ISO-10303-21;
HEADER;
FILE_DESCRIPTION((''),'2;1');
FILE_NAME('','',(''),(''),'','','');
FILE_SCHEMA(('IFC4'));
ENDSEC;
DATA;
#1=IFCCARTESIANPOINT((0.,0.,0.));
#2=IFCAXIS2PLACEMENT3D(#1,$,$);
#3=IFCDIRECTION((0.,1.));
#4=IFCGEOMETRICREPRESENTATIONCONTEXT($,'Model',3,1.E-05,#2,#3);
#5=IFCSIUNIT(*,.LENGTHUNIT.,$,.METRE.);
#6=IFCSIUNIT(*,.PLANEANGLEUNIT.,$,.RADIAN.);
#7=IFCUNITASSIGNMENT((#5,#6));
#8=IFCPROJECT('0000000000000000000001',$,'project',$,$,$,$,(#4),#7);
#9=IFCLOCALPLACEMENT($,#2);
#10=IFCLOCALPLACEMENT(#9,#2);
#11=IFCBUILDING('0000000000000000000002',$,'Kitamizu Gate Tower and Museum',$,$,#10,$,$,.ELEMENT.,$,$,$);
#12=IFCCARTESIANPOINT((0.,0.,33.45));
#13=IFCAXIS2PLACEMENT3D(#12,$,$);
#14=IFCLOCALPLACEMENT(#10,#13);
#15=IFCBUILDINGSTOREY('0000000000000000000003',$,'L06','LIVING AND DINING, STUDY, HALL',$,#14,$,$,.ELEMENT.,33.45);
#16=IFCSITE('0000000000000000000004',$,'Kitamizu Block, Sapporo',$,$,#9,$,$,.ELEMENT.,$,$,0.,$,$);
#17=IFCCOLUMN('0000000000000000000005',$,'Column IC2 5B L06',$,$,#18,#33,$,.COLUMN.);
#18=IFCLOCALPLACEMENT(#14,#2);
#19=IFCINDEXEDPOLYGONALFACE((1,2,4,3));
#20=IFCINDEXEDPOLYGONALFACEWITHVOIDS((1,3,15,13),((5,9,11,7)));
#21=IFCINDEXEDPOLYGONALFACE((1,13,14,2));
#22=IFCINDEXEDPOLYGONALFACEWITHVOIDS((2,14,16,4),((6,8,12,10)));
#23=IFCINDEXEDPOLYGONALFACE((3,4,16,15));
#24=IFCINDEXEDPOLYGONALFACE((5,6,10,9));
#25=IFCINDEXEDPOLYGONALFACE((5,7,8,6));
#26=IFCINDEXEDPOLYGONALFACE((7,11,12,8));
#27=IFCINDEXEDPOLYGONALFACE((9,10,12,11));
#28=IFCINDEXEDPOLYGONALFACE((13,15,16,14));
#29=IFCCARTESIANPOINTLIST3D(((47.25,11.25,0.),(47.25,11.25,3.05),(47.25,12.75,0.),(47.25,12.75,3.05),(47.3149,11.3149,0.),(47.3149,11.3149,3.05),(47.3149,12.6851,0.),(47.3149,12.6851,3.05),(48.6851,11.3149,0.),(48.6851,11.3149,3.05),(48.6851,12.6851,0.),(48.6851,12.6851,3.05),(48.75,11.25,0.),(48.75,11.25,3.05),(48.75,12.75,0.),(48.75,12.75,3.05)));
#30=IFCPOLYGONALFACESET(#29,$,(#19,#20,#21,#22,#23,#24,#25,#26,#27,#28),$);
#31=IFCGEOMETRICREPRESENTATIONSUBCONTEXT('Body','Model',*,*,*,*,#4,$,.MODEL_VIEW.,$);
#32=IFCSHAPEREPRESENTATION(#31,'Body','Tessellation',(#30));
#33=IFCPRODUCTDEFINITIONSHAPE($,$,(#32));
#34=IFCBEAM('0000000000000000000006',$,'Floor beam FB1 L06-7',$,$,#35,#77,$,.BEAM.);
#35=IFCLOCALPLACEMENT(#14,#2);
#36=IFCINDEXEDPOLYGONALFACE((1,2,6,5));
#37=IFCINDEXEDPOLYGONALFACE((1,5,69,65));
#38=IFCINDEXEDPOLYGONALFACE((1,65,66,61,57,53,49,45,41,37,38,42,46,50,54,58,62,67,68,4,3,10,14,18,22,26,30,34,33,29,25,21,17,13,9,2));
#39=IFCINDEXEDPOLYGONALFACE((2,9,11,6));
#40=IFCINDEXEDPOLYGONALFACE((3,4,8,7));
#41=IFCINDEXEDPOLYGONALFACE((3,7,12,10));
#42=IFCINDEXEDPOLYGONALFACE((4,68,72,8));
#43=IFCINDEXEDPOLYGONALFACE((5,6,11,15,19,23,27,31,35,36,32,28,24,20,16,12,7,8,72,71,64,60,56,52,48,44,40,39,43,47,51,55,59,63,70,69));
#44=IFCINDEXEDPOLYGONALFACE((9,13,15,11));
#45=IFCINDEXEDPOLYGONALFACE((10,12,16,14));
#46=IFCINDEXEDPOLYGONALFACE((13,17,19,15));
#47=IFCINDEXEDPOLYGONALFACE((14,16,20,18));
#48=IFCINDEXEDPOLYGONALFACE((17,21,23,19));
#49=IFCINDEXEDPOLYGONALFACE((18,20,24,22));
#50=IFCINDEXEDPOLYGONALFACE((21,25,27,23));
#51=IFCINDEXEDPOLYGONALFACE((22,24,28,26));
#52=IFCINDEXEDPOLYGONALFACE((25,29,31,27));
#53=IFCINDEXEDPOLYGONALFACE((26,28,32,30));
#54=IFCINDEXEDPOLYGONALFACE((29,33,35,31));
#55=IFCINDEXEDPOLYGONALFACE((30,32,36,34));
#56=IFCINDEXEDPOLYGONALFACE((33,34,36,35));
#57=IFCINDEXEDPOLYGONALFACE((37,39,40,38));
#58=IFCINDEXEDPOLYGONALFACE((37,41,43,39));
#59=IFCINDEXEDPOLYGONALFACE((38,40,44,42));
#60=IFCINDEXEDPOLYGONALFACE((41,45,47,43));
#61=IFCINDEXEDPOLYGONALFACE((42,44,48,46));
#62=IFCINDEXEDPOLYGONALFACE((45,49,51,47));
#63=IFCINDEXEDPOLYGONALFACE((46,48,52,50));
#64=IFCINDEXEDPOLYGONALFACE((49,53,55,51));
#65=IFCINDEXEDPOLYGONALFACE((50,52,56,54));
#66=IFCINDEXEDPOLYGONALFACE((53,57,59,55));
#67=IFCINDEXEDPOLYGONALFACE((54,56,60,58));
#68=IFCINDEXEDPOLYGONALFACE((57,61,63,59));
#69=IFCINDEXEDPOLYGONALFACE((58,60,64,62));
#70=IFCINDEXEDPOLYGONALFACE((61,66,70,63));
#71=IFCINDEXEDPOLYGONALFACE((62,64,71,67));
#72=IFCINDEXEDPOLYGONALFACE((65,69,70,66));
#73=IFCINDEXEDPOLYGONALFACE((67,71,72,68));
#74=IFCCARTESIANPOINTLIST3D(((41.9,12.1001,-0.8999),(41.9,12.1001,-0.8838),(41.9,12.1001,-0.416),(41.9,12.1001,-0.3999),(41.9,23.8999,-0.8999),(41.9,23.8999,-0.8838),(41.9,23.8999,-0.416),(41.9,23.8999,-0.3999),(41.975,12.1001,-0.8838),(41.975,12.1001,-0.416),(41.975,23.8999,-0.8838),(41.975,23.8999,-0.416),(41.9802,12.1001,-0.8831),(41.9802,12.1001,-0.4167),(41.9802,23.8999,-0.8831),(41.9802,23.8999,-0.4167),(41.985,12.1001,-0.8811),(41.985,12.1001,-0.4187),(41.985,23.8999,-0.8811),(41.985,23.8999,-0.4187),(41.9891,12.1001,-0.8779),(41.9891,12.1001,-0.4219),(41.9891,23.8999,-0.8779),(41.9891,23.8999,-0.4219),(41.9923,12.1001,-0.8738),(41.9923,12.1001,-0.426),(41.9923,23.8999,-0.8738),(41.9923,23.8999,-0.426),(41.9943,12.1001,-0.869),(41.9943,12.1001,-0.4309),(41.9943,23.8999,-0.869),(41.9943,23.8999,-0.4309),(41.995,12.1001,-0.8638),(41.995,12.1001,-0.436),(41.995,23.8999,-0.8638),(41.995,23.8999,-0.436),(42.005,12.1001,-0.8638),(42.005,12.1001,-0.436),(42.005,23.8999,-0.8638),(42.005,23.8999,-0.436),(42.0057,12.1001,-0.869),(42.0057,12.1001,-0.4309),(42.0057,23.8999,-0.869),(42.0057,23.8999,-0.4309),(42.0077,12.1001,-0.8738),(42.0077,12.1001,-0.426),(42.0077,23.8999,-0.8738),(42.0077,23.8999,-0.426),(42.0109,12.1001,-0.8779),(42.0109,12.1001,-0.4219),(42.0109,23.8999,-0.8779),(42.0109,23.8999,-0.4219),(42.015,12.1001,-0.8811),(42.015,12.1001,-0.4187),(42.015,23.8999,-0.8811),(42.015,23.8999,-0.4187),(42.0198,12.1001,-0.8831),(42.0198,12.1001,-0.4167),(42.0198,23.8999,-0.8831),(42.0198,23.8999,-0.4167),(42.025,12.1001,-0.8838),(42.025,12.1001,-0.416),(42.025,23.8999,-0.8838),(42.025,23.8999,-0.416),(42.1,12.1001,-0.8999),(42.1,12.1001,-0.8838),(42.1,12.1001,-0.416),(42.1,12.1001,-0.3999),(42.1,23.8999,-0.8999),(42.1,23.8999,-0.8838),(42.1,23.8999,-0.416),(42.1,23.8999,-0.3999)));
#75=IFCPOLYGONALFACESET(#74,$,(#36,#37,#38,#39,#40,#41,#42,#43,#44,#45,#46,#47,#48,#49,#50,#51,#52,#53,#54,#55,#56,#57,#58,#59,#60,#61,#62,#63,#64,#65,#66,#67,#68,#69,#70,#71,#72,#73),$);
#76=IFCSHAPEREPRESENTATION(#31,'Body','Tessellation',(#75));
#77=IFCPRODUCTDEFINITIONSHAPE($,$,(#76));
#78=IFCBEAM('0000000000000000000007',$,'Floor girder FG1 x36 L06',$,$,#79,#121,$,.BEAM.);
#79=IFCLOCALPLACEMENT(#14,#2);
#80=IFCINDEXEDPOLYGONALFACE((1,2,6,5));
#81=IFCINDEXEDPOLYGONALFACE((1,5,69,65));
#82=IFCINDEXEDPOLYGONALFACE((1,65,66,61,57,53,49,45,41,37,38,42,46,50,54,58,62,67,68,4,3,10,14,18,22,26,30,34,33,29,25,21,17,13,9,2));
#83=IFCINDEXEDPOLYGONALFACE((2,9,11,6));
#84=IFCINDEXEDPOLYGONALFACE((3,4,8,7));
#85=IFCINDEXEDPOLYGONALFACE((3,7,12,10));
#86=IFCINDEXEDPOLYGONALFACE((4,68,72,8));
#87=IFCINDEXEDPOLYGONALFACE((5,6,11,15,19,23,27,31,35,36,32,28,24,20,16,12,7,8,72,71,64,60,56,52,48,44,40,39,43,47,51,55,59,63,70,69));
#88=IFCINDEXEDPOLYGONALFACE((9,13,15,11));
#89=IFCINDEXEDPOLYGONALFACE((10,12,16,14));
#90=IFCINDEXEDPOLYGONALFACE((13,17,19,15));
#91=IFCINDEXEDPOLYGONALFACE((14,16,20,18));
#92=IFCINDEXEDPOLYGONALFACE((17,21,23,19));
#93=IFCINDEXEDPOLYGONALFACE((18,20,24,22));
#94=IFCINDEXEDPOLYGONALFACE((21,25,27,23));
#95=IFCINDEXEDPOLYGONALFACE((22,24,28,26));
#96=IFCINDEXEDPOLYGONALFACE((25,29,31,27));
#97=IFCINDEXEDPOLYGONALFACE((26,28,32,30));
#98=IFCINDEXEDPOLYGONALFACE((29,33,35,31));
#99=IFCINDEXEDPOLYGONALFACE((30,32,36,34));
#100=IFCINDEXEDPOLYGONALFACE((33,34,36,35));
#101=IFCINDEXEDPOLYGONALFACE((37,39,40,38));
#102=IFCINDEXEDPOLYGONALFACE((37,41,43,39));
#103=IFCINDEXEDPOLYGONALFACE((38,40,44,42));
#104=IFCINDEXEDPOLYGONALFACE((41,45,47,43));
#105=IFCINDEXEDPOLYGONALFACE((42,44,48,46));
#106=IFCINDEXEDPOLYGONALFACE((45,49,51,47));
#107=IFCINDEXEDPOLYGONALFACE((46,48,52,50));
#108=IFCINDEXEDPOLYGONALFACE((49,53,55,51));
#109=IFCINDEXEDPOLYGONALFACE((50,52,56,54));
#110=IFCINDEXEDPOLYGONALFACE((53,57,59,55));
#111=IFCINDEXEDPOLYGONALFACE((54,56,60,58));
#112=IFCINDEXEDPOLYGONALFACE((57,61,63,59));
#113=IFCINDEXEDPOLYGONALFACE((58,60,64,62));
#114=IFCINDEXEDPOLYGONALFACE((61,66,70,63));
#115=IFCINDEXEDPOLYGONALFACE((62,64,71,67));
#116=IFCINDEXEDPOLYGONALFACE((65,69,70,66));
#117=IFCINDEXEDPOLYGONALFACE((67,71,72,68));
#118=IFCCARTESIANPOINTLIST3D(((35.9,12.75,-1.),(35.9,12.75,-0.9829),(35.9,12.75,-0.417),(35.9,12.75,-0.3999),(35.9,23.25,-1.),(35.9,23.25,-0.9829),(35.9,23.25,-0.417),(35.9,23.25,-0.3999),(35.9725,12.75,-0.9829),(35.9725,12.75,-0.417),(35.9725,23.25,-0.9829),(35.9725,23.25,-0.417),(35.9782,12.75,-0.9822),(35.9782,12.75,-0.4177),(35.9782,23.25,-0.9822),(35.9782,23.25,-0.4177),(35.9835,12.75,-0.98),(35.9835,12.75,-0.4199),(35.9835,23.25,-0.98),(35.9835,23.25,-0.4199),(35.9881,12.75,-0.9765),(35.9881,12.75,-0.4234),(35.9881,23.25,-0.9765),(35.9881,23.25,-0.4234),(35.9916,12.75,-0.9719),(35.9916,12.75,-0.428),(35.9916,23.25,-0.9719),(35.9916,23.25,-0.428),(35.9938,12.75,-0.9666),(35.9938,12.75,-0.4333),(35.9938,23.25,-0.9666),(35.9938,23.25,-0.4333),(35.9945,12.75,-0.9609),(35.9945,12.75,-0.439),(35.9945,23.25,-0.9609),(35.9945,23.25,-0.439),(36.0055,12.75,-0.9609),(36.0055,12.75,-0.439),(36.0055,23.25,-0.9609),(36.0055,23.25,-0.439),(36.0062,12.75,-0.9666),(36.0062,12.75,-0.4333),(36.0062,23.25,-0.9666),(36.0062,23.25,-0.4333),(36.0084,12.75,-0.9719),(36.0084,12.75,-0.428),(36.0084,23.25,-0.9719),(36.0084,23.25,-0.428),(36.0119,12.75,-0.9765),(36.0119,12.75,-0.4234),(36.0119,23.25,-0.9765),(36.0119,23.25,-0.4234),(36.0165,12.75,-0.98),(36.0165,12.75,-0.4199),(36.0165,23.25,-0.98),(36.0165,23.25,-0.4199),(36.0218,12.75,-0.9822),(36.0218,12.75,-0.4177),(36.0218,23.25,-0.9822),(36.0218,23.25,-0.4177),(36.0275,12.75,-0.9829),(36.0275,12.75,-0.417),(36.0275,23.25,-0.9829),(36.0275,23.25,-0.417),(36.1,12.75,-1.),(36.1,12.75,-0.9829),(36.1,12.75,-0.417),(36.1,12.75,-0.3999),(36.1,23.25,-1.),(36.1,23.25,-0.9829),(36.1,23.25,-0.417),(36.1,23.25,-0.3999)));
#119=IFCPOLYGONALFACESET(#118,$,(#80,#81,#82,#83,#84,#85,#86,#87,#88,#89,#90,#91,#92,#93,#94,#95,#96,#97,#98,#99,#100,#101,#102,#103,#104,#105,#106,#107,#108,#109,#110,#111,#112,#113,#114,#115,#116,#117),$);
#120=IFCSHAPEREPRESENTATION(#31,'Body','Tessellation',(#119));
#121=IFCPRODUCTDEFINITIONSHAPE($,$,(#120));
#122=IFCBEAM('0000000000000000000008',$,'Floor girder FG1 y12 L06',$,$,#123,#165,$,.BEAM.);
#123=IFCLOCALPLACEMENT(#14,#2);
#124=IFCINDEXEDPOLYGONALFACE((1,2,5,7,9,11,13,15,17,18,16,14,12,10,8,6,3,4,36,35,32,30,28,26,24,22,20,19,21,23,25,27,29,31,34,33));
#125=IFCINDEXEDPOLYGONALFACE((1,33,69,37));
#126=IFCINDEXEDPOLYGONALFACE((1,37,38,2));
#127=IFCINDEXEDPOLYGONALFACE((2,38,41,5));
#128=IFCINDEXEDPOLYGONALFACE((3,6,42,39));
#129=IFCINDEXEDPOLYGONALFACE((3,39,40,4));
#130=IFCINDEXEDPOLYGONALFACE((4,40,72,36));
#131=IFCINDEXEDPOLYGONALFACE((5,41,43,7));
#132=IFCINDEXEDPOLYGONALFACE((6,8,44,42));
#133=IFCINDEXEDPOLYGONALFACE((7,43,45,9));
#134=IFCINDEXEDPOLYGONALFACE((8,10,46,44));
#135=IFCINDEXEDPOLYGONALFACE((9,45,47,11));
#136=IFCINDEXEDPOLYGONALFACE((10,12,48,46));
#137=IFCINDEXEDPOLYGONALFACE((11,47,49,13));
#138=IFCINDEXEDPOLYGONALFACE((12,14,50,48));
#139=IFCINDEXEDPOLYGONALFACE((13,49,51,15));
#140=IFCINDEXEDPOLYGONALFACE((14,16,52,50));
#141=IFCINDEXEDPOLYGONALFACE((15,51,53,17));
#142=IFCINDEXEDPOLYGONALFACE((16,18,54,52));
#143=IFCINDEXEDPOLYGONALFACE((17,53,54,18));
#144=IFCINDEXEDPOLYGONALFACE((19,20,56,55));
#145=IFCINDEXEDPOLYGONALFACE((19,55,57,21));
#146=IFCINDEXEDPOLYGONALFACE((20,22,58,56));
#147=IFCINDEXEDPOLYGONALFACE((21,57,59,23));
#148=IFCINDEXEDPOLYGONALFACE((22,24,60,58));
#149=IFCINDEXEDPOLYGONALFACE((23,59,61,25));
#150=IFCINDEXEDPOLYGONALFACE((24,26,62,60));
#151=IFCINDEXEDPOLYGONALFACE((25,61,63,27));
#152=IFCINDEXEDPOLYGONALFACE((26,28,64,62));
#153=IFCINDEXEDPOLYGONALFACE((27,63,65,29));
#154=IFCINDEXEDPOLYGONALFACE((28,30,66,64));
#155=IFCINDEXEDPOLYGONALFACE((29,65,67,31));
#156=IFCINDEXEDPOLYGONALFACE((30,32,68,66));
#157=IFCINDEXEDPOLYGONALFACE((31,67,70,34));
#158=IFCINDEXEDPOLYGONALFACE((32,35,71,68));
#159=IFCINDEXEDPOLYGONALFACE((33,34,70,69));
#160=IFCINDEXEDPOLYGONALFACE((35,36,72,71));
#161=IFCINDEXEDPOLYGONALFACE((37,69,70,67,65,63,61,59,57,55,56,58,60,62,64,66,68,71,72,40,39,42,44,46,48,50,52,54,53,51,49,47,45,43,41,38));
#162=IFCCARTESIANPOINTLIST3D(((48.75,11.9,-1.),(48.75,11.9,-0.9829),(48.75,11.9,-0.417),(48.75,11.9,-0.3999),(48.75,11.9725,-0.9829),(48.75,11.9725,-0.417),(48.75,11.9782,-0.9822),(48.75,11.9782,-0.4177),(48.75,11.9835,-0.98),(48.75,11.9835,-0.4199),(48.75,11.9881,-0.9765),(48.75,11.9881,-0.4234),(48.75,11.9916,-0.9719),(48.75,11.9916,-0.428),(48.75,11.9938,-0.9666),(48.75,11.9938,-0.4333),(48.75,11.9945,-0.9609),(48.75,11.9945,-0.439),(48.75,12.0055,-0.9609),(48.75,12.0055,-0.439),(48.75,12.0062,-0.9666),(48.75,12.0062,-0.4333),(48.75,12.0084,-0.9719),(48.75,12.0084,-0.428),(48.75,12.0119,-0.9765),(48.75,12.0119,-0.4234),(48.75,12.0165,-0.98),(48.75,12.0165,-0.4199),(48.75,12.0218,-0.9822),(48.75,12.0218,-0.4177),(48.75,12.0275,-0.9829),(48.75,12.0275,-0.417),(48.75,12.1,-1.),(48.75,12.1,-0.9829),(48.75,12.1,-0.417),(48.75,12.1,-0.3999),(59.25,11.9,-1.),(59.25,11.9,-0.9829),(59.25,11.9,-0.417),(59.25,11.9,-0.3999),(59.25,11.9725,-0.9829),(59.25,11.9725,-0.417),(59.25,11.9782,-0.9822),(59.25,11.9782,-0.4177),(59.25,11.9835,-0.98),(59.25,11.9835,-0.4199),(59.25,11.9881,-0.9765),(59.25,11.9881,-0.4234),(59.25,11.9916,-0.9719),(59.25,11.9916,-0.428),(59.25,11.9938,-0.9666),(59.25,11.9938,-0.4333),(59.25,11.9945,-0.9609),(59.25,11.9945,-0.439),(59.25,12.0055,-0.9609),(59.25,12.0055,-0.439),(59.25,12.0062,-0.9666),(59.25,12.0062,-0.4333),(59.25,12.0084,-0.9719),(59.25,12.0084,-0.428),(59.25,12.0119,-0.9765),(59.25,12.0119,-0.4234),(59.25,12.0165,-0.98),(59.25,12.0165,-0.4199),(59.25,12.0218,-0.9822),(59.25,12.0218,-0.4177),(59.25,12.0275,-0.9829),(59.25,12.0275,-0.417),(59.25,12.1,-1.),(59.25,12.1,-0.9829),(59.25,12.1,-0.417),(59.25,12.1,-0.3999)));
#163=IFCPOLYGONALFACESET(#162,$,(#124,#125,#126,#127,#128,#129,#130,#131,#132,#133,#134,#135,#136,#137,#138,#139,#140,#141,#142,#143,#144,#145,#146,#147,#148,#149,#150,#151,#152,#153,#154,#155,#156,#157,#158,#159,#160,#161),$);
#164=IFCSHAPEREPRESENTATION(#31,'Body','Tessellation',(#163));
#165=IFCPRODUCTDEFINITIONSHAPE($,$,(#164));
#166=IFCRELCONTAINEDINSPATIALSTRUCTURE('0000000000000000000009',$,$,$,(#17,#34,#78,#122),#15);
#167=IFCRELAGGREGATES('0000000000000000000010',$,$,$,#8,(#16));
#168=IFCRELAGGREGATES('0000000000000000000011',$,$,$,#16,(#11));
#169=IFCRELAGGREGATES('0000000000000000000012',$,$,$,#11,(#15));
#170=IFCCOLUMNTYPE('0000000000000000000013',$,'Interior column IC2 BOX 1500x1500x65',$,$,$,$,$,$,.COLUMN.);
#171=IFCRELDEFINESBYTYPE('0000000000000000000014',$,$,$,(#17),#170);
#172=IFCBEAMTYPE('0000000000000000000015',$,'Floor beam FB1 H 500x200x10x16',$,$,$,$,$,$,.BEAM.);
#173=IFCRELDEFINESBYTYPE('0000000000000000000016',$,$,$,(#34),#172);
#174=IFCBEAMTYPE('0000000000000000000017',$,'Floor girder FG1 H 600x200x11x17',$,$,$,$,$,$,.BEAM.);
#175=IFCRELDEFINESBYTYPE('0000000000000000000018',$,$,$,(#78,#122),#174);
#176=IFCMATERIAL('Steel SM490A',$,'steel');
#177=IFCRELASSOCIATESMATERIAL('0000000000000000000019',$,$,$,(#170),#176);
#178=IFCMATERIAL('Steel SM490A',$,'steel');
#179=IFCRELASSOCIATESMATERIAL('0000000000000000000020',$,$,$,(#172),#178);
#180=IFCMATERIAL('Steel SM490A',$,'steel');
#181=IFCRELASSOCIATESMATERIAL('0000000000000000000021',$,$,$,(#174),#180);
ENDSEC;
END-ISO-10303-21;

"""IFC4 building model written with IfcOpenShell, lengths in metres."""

from ifc_helpers import new_model, si_unit, direction, frame, origin, origin_2d, place, context, subcontext, project, spatial, hollow_rectangle, i_section, extrude, material, material_profile, profile_set, type_object, element, save


model = new_model("IFC4")

# Units and contexts
model_context = context("Model", 3, precision=1e-05, world=origin(), true_north=direction((0.0, 1.0)))
body_context = subcontext(model_context, "Body", "Model", "MODEL_VIEW")
ifc_project = project(units=[si_unit("LENGTHUNIT", "METRE"), si_unit("PLANEANGLEUNIT", "RADIAN")], contexts=[model_context])

# Site, building, storey
site_placement = place(None, origin())
site = spatial("IfcSite", under=ifc_project, at=site_placement, Name="Kitamizu Block, Sapporo", CompositionType="ELEMENT", RefElevation=0.0)
building_placement = place(site_placement, origin())
building = spatial("IfcBuilding", under=site, at=building_placement, Name="Kitamizu Gate Tower and Museum", CompositionType="ELEMENT")
storey_placement = place(building_placement, frame((0.0, 0.0, 33.45)))
storey = spatial("IfcBuildingStorey", under=building, at=storey_placement, Name="L06", Description="LIVING AND DINING, STUDY, HALL", CompositionType="ELEMENT", Elevation=33.45)

# Column
ifc_material_1 = material(Name="Steel SM490A", Category="steel")
ifc_material_profile_1 = material_profile(ifc_material_1, hollow_rectangle(XDim=1.5, YDim=1.5, WallThickness=0.0649, at=origin_2d()), Name="BOX 1500x1500x65")
ifc_profile_set_1 = profile_set([ifc_material_profile_1], Name="Steel SM490A")
column_type = type_object("IfcColumnType", Name="Interior column IC2 BOX 1500x1500x65", PredefinedType="COLUMN", material=ifc_profile_set_1)
column_placement = place(storey_placement, frame((48.0, 12.0, 0.0), z_axis=(0.0, 0.0, 1.0), x_axis=(1.0, 0.0, 0.0)))
element("IfcColumn", 1, at=column_placement, inside=storey, type_object=column_type, Name="Column IC2 5B L06", PredefinedType="COLUMN", context=body_context, shape_type="SweptSolid", body=[
    extrude(hollow_rectangle(XDim=1.5, YDim=1.5, WallThickness=0.0649, at=origin_2d()), origin(), (0.0, 0.0, 1.0), 3.05),
])

# Beams
ifc_material_2 = material(Name="Steel SM490A", Category="steel")
ifc_material_profile_2 = material_profile(ifc_material_2, i_section(OverallWidth=0.2, OverallDepth=0.5, WebThickness=0.01, FlangeThickness=0.0161, FilletRadius=0.02, at=origin_2d()), Name="H-500x200x10x16")
ifc_profile_set_2 = profile_set([ifc_material_profile_2], Name="Steel SM490A")
beam_type_1 = type_object("IfcBeamType", Name="Floor beam FB1 H 500x200x10x16", PredefinedType="BEAM", material=ifc_profile_set_2)
beam_placement = place(storey_placement, frame((42.0, 12.1001, -0.6499), z_axis=(0.0, 1.0, 0.0), x_axis=(-1.0, 0.0, 0.0)))
element("IfcBeam", 2, at=beam_placement, inside=storey, type_object=beam_type_1, Name="Floor beam FB1 L06-7", PredefinedType="BEAM", context=body_context, shape_type="SweptSolid", body=[
    extrude(i_section(OverallWidth=0.2, OverallDepth=0.5, WebThickness=0.01, FlangeThickness=0.0161, FilletRadius=0.02, at=origin_2d()), origin(), (0.0, 0.0, 1.0), 11.7998),
])
ifc_material_3 = material(Name="Steel SM490A", Category="steel")
ifc_material_profile_3 = material_profile(ifc_material_3, i_section(OverallWidth=0.2, OverallDepth=0.6001, WebThickness=0.011, FlangeThickness=0.0171, FilletRadius=0.022, at=origin_2d()), Name="H-600x200x11x17")
ifc_profile_set_3 = profile_set([ifc_material_profile_3], Name="Steel SM490A")
beam_type_2 = type_object("IfcBeamType", Name="Floor girder FG1 H 600x200x11x17", PredefinedType="BEAM", material=ifc_profile_set_3)
for number, where, z_axis, x_axis, name in (
    (3, (36.0, 12.75, -0.7), (0.0, 1.0, 0.0), (-1.0, 0.0, 0.0), "Floor girder FG1 x36 L06"),
    (4, (48.75, 12.0, -0.7), (1.0, 0.0, 0.0), (0.0, 1.0, 0.0), "Floor girder FG1 y12 L06"),
):
    element("IfcBeam", number, at=place(storey_placement, frame(where, z_axis=z_axis, x_axis=x_axis)), inside=storey, type_object=beam_type_2, Name=name, PredefinedType="BEAM", context=body_context, shape_type="SweptSolid", body=[
        extrude(i_section(OverallWidth=0.2, OverallDepth=0.6001, WebThickness=0.011, FlangeThickness=0.0171, FilletRadius=0.022, at=origin_2d()), origin(), (0.0, 0.0, 1.0), 10.5),
    ])

save(model, "model.ifc")
